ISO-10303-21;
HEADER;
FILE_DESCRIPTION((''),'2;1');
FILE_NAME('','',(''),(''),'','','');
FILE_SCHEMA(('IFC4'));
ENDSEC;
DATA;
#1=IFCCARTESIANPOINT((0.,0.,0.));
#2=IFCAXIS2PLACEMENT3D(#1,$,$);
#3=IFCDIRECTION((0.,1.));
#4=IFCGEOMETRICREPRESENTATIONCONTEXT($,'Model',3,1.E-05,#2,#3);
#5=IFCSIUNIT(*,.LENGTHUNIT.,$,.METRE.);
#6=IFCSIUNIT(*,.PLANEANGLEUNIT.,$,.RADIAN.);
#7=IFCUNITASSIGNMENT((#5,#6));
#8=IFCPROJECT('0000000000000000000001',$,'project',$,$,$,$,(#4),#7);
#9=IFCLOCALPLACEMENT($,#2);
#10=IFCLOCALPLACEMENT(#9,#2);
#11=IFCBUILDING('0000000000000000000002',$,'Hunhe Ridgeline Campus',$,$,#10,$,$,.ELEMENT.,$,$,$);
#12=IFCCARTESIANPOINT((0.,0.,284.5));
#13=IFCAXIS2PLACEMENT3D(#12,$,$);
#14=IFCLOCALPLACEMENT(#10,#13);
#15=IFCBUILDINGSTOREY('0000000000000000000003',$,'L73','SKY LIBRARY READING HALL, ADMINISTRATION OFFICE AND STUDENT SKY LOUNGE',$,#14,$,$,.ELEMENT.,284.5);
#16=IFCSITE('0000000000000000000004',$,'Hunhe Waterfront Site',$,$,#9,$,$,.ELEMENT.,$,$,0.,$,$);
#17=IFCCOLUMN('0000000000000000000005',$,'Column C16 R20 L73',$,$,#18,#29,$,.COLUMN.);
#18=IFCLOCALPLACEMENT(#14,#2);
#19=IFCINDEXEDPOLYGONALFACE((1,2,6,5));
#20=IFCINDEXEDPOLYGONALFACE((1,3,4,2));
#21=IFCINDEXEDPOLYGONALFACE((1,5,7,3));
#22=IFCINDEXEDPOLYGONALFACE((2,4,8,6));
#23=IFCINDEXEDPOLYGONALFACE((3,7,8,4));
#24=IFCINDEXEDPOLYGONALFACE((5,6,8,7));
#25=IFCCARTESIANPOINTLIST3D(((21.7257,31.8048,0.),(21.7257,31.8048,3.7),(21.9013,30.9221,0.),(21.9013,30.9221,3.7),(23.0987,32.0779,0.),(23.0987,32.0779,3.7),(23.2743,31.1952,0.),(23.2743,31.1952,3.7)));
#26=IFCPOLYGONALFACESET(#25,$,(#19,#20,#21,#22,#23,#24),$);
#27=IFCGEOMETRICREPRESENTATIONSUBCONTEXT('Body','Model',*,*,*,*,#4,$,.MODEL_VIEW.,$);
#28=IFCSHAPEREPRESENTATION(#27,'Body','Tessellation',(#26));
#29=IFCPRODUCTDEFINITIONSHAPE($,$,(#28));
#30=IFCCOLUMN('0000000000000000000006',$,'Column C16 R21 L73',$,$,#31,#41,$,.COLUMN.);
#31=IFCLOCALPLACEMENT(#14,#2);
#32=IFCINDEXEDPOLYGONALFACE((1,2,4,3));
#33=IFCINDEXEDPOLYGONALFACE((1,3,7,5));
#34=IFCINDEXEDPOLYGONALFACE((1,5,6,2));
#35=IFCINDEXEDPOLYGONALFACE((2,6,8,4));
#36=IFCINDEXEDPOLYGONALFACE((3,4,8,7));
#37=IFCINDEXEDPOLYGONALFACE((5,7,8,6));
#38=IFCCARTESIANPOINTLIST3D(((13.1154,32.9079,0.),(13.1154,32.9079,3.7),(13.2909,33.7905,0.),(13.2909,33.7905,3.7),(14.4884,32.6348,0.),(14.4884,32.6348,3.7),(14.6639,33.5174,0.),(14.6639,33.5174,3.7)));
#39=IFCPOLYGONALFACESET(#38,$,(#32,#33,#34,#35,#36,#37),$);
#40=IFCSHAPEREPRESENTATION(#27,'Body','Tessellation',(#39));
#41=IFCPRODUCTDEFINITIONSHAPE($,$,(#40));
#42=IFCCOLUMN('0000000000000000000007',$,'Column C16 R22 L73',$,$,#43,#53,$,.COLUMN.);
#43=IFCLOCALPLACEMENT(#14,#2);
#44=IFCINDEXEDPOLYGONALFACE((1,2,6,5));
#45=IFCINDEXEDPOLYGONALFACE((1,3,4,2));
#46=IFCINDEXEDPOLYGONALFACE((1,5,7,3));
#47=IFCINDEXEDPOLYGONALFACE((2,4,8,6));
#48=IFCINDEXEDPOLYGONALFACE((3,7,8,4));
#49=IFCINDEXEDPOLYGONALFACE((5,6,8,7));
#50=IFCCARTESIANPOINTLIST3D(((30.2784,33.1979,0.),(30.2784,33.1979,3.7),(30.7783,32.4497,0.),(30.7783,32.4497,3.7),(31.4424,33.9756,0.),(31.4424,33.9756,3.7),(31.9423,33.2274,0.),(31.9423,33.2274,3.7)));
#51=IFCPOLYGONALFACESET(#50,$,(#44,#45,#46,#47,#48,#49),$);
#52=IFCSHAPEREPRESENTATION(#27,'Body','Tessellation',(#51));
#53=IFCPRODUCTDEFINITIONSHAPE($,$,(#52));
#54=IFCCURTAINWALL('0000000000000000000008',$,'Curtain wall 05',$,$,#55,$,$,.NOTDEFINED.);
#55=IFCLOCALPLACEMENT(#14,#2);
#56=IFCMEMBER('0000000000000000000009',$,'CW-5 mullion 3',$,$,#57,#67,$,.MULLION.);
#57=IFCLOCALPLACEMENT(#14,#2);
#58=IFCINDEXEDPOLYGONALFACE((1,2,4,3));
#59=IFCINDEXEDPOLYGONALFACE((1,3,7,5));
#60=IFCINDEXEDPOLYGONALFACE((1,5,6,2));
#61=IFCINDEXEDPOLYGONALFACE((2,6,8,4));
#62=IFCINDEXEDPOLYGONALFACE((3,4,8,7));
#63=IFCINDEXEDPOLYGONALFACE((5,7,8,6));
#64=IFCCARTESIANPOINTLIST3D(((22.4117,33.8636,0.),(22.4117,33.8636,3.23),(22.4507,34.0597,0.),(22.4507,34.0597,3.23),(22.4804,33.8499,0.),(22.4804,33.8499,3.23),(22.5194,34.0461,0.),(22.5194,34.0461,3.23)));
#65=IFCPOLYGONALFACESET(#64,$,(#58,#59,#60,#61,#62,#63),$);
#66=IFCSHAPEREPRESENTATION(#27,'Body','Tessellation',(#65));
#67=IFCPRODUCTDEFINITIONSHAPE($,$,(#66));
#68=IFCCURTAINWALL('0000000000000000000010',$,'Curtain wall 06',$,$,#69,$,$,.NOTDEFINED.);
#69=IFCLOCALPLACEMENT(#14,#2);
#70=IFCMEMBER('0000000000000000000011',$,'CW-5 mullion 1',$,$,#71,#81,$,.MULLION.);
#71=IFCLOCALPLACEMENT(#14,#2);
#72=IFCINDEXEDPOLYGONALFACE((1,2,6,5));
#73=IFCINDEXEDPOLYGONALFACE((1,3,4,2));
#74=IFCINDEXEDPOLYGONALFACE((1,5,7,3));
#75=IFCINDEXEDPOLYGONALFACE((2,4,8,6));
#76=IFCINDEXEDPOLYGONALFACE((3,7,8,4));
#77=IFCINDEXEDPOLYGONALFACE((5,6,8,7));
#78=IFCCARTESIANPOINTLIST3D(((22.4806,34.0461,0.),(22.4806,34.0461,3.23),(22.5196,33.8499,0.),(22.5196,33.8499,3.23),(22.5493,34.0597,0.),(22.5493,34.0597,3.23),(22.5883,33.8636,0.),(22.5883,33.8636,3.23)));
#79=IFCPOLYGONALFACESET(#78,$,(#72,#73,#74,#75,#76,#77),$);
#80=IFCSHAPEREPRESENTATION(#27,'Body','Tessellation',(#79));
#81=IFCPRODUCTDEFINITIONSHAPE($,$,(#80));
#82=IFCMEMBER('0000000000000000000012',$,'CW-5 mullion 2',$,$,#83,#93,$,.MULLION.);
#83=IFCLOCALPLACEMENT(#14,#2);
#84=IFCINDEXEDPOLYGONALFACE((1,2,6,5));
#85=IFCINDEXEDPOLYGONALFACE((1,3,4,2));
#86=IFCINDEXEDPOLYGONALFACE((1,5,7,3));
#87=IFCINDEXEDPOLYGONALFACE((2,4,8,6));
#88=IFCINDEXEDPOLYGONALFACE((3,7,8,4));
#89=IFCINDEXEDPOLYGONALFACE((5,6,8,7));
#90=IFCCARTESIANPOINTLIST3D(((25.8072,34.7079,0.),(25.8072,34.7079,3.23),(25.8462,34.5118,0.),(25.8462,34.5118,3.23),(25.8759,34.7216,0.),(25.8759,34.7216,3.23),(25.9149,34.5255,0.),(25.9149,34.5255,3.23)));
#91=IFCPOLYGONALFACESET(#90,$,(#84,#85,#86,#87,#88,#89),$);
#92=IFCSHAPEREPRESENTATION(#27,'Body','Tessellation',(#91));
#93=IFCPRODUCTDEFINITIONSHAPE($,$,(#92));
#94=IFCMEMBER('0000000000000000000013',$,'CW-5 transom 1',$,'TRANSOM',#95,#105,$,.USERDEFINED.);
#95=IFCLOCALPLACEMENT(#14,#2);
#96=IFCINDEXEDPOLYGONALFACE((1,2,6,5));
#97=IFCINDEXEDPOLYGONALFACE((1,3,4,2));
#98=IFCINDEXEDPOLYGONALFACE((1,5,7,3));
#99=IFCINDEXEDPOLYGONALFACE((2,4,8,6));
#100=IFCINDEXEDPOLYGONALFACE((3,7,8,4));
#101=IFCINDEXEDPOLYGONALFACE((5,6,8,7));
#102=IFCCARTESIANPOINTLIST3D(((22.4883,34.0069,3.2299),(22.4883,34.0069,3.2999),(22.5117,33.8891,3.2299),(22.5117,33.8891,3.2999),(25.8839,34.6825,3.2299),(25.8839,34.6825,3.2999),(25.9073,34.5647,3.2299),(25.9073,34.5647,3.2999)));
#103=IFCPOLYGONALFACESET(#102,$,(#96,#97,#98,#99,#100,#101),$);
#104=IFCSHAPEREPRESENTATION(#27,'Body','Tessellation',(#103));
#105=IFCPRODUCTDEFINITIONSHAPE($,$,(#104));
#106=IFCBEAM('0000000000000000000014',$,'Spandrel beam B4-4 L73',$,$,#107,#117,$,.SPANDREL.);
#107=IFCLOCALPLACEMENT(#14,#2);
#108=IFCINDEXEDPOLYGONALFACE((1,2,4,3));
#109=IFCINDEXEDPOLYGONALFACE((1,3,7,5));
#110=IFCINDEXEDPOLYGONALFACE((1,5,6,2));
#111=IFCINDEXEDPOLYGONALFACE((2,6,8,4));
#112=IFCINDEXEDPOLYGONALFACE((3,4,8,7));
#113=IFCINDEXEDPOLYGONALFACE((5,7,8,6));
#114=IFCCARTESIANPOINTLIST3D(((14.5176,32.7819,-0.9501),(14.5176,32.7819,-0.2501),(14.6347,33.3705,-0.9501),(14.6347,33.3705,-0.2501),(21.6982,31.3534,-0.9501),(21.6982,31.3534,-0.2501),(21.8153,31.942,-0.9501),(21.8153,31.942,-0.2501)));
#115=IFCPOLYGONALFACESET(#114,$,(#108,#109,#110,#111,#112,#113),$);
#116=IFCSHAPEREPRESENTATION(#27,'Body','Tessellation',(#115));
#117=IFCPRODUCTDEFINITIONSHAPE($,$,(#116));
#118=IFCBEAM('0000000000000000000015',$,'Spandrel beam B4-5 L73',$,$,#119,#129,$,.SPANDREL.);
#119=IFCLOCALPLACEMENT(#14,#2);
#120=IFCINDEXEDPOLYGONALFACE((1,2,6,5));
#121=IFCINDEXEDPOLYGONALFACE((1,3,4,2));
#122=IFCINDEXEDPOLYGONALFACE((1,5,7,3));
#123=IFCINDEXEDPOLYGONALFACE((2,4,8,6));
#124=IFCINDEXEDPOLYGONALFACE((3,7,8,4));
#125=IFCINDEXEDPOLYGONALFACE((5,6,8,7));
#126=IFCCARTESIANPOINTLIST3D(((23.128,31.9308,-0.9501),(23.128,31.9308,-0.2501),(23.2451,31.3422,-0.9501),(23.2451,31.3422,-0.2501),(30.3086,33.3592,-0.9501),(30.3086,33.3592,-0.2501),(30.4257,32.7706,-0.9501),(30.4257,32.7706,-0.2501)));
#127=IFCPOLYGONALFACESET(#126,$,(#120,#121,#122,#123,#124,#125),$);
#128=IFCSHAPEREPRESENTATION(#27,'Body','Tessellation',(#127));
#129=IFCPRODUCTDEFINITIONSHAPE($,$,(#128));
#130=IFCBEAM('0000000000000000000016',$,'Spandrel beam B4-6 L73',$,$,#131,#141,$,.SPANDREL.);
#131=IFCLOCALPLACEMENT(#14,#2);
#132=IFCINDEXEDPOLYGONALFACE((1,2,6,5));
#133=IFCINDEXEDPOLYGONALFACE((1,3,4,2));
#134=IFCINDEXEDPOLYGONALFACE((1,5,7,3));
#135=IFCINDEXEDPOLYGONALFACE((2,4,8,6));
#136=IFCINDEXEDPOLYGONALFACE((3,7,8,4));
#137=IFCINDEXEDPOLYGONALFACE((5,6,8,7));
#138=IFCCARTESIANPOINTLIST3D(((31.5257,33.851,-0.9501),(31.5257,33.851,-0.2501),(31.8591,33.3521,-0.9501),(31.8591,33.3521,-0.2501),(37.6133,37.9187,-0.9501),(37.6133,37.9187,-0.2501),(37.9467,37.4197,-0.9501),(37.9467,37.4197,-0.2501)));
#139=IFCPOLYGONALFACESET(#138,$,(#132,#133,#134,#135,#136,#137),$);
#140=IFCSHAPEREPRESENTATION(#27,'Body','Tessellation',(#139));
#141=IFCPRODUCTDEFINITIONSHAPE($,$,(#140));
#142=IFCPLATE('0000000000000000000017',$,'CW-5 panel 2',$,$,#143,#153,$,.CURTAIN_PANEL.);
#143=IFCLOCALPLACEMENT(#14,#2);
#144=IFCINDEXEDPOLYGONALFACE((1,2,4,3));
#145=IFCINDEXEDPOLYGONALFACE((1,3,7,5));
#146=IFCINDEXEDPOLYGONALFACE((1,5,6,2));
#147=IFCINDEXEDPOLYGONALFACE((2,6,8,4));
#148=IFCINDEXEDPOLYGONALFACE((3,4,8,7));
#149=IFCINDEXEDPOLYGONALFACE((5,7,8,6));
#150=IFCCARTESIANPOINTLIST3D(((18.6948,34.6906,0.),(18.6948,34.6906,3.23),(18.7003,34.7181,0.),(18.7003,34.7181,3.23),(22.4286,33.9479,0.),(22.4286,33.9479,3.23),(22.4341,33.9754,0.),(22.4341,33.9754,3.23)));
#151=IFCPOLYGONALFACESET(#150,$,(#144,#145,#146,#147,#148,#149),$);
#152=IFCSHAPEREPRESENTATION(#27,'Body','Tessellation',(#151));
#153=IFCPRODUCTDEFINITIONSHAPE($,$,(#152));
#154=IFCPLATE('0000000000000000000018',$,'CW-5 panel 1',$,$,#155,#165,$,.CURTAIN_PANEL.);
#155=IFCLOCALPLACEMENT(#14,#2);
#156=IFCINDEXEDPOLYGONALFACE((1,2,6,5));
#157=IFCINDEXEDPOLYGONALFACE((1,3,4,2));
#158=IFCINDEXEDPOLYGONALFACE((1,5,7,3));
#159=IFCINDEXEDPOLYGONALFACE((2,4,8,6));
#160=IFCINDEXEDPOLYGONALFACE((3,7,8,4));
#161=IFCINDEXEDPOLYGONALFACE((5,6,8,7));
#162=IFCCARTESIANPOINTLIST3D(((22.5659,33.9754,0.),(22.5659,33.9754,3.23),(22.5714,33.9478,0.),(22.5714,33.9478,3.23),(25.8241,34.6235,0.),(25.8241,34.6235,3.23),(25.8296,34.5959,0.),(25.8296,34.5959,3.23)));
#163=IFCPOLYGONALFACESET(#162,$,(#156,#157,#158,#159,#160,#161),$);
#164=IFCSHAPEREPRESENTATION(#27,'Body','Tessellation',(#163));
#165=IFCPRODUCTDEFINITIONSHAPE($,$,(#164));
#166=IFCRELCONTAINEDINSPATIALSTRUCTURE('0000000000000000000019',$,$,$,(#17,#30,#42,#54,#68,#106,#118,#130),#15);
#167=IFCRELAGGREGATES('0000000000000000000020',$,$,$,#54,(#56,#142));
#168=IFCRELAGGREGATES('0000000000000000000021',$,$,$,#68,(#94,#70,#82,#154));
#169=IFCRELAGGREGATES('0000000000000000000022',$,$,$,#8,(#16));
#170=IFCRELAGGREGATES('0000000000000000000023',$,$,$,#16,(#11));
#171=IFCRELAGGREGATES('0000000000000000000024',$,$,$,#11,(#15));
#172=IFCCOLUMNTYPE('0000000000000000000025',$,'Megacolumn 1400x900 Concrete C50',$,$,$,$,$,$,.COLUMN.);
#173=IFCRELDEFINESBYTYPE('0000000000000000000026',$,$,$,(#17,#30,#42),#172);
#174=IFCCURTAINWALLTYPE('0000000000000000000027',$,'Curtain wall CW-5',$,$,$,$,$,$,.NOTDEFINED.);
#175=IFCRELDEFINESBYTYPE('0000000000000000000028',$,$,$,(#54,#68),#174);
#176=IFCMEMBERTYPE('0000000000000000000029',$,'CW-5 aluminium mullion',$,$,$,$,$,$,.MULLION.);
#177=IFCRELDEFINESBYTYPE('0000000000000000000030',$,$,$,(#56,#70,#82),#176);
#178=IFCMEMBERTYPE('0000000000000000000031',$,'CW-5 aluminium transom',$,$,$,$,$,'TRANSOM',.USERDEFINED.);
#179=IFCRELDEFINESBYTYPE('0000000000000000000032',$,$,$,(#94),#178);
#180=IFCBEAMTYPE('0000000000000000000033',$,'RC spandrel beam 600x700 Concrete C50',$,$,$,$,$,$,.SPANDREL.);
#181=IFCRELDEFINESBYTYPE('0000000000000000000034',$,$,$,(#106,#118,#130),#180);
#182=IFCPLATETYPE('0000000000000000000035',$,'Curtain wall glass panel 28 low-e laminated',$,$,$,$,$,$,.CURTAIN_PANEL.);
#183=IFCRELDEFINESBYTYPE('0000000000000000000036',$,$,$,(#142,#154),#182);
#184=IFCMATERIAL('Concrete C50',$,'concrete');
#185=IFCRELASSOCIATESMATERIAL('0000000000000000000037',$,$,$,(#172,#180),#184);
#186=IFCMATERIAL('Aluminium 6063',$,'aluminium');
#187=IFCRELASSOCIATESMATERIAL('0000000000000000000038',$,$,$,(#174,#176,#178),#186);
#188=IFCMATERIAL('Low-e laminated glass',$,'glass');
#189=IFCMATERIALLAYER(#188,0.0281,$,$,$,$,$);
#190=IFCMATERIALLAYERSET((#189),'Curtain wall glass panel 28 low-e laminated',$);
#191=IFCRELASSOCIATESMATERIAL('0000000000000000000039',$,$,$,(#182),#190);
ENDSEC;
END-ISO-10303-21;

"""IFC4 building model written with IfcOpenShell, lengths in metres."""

from ifc_helpers import new_model, si_unit, direction, frame, origin, origin_2d, place, context, subcontext, project, spatial, rectangle, extrude, material, layer, layer_set, material_profile, profile_set, type_object, element, aggregate, save


model = new_model("IFC4")

# Units and contexts
model_context = context("Model", 3, precision=1e-05, world=origin(), true_north=direction((0.0, 1.0)))
body_context = subcontext(model_context, "Body", "Model", "MODEL_VIEW")
ifc_project = project(units=[si_unit("LENGTHUNIT", "METRE"), si_unit("PLANEANGLEUNIT", "RADIAN")], contexts=[model_context])

# Site, building, storey
site_placement = place(None, origin())
site = spatial("IfcSite", under=ifc_project, at=site_placement, Name="Hunhe Waterfront Site", CompositionType="ELEMENT", RefElevation=0.0)
building_placement = place(site_placement, origin())
building = spatial("IfcBuilding", under=site, at=building_placement, Name="Hunhe Ridgeline Campus", CompositionType="ELEMENT")
storey_placement = place(building_placement, frame((0.0, 0.0, 284.5)))
storey = spatial("IfcBuildingStorey", under=building, at=storey_placement, Name="L73", Description="SKY LIBRARY READING HALL, ADMINISTRATION OFFICE AND STUDENT SKY LOUNGE", CompositionType="ELEMENT", Elevation=284.5)

# Columns
ifc_material_1 = material(Name="Concrete C50", Category="concrete")
ifc_material_profile_1 = material_profile(ifc_material_1, rectangle(XDim=1.3999, YDim=0.8999, at=origin_2d()))
ifc_profile_set_1 = profile_set([ifc_material_profile_1], Name="Concrete C50")
column_type = type_object("IfcColumnType", Name="Megacolumn 1400x900 Concrete C50", PredefinedType="COLUMN", material=ifc_profile_set_1)
for number, where, z_axis, x_axis, name in (
    (1, (22.5, 31.5, 0.0), (0.0, 0.0, 1.0), (0.980785, 0.19509, 0.0), "Column C16 R20 L73"),
    (2, (13.8896, 33.2126, 0.0), (0.0, 0.0, 1.0), (-0.980785, 0.19509, 0.0), "Column C16 R21 L73"),
    (3, (31.1104, 33.2126, 0.0), (0.0, 0.0, 1.0), (0.83147, 0.55557, 0.0), "Column C16 R22 L73"),
):
    element("IfcColumn", number, at=place(storey_placement, frame(where, z_axis=z_axis, x_axis=x_axis)), inside=storey, type_object=column_type, Name=name, PredefinedType="COLUMN", context=body_context, shape_type="SweptSolid", body=[
        extrude(rectangle(XDim=1.3999, YDim=0.8999, at=origin_2d()), origin(), (0.0, 0.0, 1.0), 3.7),
    ])

# Curtain wall, member
ifc_material_2 = material(Name="Aluminium 6063", Category="aluminium")
curtain_wall_type = type_object("IfcCurtainWallType", Name="Curtain wall CW-5", PredefinedType="NOTDEFINED", material=ifc_material_2)
curtain_wall_1_placement = place(storey_placement, origin())
curtain_wall_1 = element("IfcCurtainWall", 4, at=curtain_wall_1_placement, inside=storey, type_object=curtain_wall_type, Name="Curtain wall 05", PredefinedType="NOTDEFINED")
ifc_material_profile_2 = material_profile(ifc_material_2, rectangle(XDim=0.2, YDim=0.0701, at=origin_2d()))
ifc_profile_set_2 = profile_set([ifc_material_profile_2], Name="Aluminium 6063")
member_type_1 = type_object("IfcMemberType", Name="CW-5 aluminium mullion", PredefinedType="MULLION", material=ifc_profile_set_2)
member_1_placement = place(storey_placement, frame((22.4656, 33.9548, 0.0), z_axis=(0.0, 0.0, 1.0), x_axis=(0.19509, 0.980785, 0.0)))
member_1 = element("IfcMember", 5, at=member_1_placement, type_object=member_type_1, Name="CW-5 mullion 3", PredefinedType="MULLION", context=body_context, shape_type="SweptSolid", body=[
    extrude(rectangle(XDim=0.2, YDim=0.0701, at=origin_2d()), origin(), (0.0, 0.0, 1.0), 3.23),
])

# Curtain wall, members
curtain_wall_2_placement = place(storey_placement, origin())
curtain_wall_2 = element("IfcCurtainWall", 6, at=curtain_wall_2_placement, inside=storey, type_object=curtain_wall_type, Name="Curtain wall 06", PredefinedType="NOTDEFINED")
member_2_placement = place(storey_placement, frame((22.5344, 33.9548, 0.0), z_axis=(0.0, 0.0, 1.0), x_axis=(-0.19509, 0.980785, 0.0)))
member_2 = element("IfcMember", 7, at=member_2_placement, type_object=member_type_1, Name="CW-5 mullion 1", PredefinedType="MULLION", context=body_context, shape_type="SweptSolid", body=[
    extrude(rectangle(XDim=0.2, YDim=0.0701, at=origin_2d()), origin(), (0.0, 0.0, 1.0), 3.23),
])
member_3_placement = place(storey_placement, frame((25.8611, 34.6167, 0.0), z_axis=(0.0, 0.0, 1.0), x_axis=(-0.19509, 0.980785, 0.0)))
member_3 = element("IfcMember", 8, at=member_3_placement, type_object=member_type_1, Name="CW-5 mullion 2", PredefinedType="MULLION", context=body_context, shape_type="SweptSolid", body=[
    extrude(rectangle(XDim=0.2, YDim=0.0701, at=origin_2d()), origin(), (0.0, 0.0, 1.0), 3.23),
])
ifc_material_profile_3 = material_profile(ifc_material_2, rectangle(XDim=0.1201, YDim=0.0701, at=origin_2d()))
ifc_profile_set_3 = profile_set([ifc_material_profile_3], Name="Aluminium 6063")
member_type_2 = type_object("IfcMemberType", Name="CW-5 aluminium transom", ElementType="TRANSOM", PredefinedType="USERDEFINED", material=ifc_profile_set_3)
member_4_placement = place(storey_placement, frame((22.5, 33.948, 3.2649), z_axis=(0.980778, 0.195126, 0.0), x_axis=(-0.195126, 0.980778, 0.0)))
member_4 = element("IfcMember", 9, at=member_4_placement, type_object=member_type_2, Name="CW-5 transom 1", ObjectType="TRANSOM", PredefinedType="USERDEFINED", context=body_context, shape_type="SweptSolid", body=[
    extrude(rectangle(XDim=0.1201, YDim=0.0701, at=origin_2d()), origin(), (0.0, 0.0, 1.0), 3.4622),
])

# Beams
ifc_material_profile_4 = material_profile(ifc_material_1, rectangle(XDim=0.6001, YDim=0.7, at=origin_2d()))
ifc_profile_set_4 = profile_set([ifc_material_profile_4], Name="Concrete C50")
beam_type = type_object("IfcBeamType", Name="RC spandrel beam 600x700 Concrete C50", PredefinedType="SPANDREL", material=ifc_profile_set_4)
for number, where, z_axis, x_axis, name in (
    (10, (14.5762, 33.0762, -0.6001), (0.980782, -0.195109, 0.0), (0.195109, 0.980782, 0.0), "Spandrel beam B4-4 L73"),
    (11, (23.1865, 31.6365, -0.6001), (0.980782, 0.195109, 0.0), (-0.195109, 0.980782, 0.0), "Spandrel beam B4-5 L73"),
):
    element("IfcBeam", number, at=place(storey_placement, frame(where, z_axis=z_axis, x_axis=x_axis)), inside=storey, type_object=beam_type, Name=name, PredefinedType="SPANDREL", context=body_context, shape_type="SweptSolid", body=[
        extrude(rectangle(XDim=0.6001, YDim=0.7, at=origin_2d()), origin(), (0.0, 0.0, 1.0), 7.3213),
    ])
beam_placement = place(storey_placement, frame((31.6924, 33.6016, -0.6001), z_axis=(0.83147, 0.555569, 0.0), x_axis=(-0.555569, 0.83147, 0.0)))
element("IfcBeam", 12, at=beam_placement, inside=storey, type_object=beam_type, Name="Spandrel beam B4-6 L73", PredefinedType="SPANDREL", context=body_context, shape_type="SweptSolid", body=[
    extrude(rectangle(XDim=0.6001, YDim=0.7, at=origin_2d()), origin(), (0.0, 0.0, 1.0), 7.3215),
])

# Plates
ifc_material_3 = material(Name="Low-e laminated glass", Category="glass")
ifc_layer_1 = layer(ifc_material_3, 0.0281)
ifc_layer_set_1 = layer_set([ifc_layer_1], Name="Curtain wall glass panel 28 low-e laminated")
plate_type = type_object("IfcPlateType", Name="Curtain wall glass panel 28 low-e laminated", PredefinedType="CURTAIN_PANEL", material=ifc_layer_set_1)
plate_1_placement = place(storey_placement, frame((20.5645, 34.333, 0.0), z_axis=(0.0, 0.0, 1.0), x_axis=(0.980785, -0.19509, 0.0)))
plate_1 = element("IfcPlate", 13, at=plate_1_placement, type_object=plate_type, Name="CW-5 panel 2", PredefinedType="CURTAIN_PANEL", context=body_context, shape_type="SweptSolid", body=[
    extrude(rectangle(XDim=3.8069, YDim=0.0281, at=origin_2d()), origin(), (0.0, 0.0, 1.0), 3.23),
])
aggregate(curtain_wall_1, [member_1, plate_1])
plate_2_placement = place(storey_placement, frame((24.1978, 34.2856, 0.0), z_axis=(0.0, 0.0, 1.0), x_axis=(0.980785, 0.19509, 0.0)))
plate_2 = element("IfcPlate", 14, at=plate_2_placement, type_object=plate_type, Name="CW-5 panel 1", PredefinedType="CURTAIN_PANEL", context=body_context, shape_type="SweptSolid", body=[
    extrude(rectangle(XDim=3.322, YDim=0.0281, at=origin_2d()), origin(), (0.0, 0.0, 1.0), 3.23),
])
aggregate(curtain_wall_2, [member_4, member_2, member_3, plate_2])

save(model, "model.ifc")
